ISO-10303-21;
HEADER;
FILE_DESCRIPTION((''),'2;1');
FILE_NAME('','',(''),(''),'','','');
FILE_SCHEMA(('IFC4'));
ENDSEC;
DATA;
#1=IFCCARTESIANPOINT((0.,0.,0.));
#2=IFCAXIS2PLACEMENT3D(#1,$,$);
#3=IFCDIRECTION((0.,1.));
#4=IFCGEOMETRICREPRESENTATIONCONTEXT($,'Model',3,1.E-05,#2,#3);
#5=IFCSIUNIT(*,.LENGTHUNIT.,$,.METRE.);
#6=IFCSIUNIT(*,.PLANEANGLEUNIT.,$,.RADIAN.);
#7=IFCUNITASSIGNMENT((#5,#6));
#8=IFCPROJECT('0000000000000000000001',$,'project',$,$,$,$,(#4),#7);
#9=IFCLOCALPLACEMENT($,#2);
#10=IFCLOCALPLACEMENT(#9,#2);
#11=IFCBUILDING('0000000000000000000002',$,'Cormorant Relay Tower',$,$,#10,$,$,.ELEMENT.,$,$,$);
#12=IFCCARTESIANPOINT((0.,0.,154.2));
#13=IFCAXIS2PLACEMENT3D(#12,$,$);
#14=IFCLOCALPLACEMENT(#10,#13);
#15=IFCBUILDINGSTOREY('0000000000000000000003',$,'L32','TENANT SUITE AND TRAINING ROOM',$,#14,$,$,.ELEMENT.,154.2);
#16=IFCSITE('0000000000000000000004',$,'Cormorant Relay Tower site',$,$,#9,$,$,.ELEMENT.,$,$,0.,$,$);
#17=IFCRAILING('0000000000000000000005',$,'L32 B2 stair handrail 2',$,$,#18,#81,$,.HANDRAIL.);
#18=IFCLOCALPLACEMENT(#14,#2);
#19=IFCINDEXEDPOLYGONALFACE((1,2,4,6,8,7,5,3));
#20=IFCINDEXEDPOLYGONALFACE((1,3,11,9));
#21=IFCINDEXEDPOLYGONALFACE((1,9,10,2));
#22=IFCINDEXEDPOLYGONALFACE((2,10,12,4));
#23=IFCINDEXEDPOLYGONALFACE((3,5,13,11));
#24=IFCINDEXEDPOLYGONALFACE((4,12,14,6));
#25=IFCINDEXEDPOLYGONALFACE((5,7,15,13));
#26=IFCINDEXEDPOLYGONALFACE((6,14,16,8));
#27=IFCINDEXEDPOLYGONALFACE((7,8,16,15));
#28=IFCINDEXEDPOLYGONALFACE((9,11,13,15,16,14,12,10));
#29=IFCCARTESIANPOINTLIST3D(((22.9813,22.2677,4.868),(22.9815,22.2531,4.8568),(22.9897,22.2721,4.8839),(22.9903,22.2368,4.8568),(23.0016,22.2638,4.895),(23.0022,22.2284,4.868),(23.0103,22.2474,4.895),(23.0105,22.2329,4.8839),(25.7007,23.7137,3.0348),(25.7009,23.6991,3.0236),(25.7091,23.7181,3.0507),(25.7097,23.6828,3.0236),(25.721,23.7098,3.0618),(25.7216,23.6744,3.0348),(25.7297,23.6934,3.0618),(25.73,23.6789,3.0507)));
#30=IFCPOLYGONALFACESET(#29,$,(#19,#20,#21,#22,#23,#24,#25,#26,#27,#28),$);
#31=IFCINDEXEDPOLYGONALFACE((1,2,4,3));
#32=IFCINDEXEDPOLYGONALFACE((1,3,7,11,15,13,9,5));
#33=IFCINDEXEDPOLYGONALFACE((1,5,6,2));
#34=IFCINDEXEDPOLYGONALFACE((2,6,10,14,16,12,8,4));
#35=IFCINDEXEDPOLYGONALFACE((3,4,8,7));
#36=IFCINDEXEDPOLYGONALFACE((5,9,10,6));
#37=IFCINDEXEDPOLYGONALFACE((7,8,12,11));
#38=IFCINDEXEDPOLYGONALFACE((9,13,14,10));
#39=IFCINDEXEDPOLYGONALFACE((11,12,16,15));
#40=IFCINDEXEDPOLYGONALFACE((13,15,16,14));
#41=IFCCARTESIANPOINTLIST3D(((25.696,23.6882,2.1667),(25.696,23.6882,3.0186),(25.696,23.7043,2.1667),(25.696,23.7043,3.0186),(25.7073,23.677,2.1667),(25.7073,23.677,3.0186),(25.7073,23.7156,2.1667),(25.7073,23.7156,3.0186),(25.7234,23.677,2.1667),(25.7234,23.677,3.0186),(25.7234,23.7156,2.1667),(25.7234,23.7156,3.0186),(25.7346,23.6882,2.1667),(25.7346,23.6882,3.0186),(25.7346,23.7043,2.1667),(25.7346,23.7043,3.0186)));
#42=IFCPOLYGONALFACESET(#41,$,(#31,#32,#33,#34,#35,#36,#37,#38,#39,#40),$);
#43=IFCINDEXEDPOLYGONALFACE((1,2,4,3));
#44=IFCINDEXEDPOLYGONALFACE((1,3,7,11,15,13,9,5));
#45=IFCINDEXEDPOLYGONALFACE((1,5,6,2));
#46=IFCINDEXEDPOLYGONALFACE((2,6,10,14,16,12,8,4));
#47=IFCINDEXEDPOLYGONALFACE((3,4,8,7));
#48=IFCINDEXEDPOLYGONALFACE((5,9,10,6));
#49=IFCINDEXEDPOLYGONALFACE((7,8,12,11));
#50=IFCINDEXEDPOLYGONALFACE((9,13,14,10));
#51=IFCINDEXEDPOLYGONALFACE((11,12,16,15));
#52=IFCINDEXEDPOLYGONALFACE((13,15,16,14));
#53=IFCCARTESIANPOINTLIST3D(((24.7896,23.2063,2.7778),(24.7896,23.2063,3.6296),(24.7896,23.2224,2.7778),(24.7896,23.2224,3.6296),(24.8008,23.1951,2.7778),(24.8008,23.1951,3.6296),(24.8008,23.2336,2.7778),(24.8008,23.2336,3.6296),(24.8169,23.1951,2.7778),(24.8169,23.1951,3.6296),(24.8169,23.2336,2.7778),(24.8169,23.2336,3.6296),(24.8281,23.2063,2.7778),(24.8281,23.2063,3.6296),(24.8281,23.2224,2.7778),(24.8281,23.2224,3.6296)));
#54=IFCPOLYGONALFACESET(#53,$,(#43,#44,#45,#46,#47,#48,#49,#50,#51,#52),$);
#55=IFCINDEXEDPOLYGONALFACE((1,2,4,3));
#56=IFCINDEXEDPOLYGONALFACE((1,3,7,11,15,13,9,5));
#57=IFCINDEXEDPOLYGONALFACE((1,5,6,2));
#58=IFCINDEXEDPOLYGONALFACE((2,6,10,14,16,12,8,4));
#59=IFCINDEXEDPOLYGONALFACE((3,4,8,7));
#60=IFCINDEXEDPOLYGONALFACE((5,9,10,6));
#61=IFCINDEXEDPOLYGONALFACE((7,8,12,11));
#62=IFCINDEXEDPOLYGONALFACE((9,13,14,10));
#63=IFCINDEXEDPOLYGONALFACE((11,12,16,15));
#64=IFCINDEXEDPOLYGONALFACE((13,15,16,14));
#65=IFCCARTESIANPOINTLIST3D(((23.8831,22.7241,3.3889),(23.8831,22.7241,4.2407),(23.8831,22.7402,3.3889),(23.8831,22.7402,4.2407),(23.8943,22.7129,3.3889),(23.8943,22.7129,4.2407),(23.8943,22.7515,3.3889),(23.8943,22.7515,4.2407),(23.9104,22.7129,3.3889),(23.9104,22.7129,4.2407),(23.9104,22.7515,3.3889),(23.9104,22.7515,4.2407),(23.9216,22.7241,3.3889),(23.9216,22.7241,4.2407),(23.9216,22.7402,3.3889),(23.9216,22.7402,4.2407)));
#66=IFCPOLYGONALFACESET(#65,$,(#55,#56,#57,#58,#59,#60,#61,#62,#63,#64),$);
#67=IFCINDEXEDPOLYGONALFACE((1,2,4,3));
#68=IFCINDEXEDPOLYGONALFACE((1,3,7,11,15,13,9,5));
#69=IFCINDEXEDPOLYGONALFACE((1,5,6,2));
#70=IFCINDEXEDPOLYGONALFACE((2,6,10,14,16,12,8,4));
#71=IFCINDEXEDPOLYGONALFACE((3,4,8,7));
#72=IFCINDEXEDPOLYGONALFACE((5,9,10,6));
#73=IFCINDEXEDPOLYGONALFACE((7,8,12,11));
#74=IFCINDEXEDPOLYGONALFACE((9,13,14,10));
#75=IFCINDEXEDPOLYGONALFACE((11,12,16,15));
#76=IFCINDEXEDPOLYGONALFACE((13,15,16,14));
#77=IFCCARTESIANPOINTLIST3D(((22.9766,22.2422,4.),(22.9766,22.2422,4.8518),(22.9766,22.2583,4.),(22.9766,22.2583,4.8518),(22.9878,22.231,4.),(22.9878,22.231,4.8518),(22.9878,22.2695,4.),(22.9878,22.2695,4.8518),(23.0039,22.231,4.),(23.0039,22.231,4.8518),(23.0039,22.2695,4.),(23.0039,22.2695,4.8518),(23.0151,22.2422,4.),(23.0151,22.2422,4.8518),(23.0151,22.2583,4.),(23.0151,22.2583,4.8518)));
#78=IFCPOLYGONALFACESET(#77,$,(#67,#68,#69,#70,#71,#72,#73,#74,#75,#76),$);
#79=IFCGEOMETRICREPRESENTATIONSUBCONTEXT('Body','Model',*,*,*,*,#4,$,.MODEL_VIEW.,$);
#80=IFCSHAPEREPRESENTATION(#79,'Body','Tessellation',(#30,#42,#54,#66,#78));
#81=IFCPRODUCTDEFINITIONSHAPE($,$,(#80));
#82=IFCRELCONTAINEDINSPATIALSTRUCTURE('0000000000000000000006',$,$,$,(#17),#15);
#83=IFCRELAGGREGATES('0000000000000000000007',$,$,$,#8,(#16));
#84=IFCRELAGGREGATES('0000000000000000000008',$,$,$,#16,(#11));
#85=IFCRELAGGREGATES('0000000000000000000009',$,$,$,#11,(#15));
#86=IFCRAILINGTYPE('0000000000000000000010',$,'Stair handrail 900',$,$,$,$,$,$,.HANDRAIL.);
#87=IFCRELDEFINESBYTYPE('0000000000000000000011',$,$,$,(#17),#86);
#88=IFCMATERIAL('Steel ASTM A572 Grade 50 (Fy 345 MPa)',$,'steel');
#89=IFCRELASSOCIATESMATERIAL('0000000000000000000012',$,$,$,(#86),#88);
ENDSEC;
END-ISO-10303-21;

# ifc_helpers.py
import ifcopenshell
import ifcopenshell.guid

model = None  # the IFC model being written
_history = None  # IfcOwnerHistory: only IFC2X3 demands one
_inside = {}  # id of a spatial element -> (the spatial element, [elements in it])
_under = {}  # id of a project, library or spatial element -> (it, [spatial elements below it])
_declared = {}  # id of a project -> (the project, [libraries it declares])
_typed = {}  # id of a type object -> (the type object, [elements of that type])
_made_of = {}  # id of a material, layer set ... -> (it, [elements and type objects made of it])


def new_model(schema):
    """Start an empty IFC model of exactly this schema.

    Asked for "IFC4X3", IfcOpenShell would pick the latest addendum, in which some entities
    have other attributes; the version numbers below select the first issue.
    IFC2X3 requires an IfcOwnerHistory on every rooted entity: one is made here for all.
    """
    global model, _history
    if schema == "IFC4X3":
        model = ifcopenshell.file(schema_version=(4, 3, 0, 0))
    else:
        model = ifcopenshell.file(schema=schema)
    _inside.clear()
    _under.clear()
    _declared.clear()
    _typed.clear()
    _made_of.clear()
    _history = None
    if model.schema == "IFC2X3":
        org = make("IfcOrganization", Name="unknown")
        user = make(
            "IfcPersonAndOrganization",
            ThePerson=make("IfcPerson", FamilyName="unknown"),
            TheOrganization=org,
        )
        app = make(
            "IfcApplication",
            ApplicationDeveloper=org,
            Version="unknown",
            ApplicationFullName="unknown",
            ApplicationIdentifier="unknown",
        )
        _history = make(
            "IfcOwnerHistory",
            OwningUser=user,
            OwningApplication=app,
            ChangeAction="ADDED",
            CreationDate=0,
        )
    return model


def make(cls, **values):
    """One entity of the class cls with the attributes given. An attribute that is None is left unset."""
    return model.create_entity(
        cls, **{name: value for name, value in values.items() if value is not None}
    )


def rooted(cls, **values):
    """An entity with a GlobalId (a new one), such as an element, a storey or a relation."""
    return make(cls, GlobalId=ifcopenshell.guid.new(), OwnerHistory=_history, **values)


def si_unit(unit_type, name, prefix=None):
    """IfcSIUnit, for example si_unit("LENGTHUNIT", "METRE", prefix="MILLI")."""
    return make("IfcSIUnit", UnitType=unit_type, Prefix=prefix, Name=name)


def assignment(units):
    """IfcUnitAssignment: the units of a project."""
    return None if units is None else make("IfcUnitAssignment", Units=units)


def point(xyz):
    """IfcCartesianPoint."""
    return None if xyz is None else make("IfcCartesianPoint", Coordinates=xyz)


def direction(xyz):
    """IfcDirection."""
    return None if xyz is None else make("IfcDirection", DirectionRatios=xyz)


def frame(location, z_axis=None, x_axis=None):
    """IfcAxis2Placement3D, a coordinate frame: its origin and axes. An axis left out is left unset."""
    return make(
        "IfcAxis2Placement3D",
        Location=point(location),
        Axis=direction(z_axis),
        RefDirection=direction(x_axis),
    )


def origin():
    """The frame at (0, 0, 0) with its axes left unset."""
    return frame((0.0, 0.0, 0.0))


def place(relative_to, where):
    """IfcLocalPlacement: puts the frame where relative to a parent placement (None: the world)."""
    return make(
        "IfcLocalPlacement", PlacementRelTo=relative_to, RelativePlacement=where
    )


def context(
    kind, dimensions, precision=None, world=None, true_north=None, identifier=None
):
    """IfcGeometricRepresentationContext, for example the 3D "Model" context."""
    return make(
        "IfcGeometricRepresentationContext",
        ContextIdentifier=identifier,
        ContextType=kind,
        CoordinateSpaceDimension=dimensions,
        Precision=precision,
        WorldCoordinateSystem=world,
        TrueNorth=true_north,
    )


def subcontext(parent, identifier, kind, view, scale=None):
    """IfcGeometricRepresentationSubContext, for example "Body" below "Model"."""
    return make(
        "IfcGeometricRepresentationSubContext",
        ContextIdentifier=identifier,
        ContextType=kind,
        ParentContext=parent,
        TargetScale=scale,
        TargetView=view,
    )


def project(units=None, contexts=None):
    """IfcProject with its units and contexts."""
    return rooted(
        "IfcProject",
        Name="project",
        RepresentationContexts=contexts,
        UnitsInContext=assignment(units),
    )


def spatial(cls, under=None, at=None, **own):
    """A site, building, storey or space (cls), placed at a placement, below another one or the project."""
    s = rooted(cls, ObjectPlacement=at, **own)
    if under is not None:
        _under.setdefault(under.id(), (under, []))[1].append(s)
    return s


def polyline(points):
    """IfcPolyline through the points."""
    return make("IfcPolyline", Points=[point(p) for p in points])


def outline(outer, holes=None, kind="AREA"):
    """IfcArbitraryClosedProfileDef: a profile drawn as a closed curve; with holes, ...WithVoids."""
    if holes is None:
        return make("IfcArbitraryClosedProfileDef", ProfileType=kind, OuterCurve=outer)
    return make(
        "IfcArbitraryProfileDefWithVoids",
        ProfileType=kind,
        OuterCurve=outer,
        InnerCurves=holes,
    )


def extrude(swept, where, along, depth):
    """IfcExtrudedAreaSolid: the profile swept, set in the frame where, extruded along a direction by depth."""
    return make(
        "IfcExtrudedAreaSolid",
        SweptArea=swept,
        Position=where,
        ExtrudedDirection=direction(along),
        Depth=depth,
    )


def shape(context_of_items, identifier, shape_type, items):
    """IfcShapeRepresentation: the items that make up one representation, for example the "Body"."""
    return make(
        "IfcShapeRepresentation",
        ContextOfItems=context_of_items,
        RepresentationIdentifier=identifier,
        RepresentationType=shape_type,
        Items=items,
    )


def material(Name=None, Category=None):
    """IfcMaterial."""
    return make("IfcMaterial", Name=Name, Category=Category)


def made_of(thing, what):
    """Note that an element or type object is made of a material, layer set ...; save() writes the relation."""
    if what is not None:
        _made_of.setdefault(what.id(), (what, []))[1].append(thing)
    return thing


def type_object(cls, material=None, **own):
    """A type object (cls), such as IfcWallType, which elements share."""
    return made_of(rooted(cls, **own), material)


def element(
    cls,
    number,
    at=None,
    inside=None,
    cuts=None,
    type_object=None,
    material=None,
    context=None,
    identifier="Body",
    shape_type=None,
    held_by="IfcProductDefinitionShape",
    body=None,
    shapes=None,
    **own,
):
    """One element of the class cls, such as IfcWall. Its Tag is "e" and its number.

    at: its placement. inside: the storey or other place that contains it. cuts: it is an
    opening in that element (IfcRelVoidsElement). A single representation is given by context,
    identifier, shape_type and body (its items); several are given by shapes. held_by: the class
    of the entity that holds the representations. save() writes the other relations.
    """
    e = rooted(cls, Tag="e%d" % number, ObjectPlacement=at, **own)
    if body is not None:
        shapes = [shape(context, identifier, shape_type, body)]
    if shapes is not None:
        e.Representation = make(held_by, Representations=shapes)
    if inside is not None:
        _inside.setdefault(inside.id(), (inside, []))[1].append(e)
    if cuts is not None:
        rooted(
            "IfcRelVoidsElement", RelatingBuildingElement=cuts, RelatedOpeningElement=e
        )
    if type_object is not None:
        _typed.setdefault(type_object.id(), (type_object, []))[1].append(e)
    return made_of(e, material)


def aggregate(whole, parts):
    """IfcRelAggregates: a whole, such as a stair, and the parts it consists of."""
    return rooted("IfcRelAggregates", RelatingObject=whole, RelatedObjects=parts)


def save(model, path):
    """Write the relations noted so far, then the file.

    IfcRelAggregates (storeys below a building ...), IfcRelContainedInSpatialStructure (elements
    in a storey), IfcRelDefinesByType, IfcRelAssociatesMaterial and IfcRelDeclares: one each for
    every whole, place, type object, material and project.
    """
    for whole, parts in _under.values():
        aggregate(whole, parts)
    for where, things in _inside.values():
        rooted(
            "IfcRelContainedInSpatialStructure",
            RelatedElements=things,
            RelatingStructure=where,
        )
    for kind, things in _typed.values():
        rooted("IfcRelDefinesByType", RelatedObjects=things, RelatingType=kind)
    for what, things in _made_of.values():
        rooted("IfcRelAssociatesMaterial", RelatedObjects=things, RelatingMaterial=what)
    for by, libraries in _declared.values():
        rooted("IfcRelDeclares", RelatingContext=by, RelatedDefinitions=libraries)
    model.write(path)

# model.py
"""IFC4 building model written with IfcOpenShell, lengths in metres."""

from ifc_helpers import new_model, si_unit, direction, frame, origin, place, context, subcontext, project, spatial, polyline, outline, extrude, material, type_object, element, save


model = new_model("IFC4")

# Units and contexts
model_context = context("Model", 3, precision=1e-05, world=origin(), true_north=direction((0.0, 1.0)))
body_context = subcontext(model_context, "Body", "Model", "MODEL_VIEW")
ifc_project = project(units=[si_unit("LENGTHUNIT", "METRE"), si_unit("PLANEANGLEUNIT", "RADIAN")], contexts=[model_context])

# Site, building, storey
site_placement = place(None, origin())
site = spatial("IfcSite", under=ifc_project, at=site_placement, Name="Cormorant Relay Tower site", CompositionType="ELEMENT", RefElevation=0.0)
building_placement = place(site_placement, origin())
building = spatial("IfcBuilding", under=site, at=building_placement, Name="Cormorant Relay Tower", CompositionType="ELEMENT")
storey_placement = place(building_placement, frame((0.0, 0.0, 154.2)))
storey = spatial("IfcBuildingStorey", under=building, at=storey_placement, Name="L32", Description="TENANT SUITE AND TRAINING ROOM", CompositionType="ELEMENT", Elevation=154.2)

# Railing
ifc_material_1 = material(Name="Steel ASTM A572 Grade 50 (Fy 345 MPa)", Category="steel")
railing_type_1 = type_object("IfcRailingType", Name="Stair handrail 900", PredefinedType="HANDRAIL", material=ifc_material_1)
railing_1_placement = place(storey_placement, frame((25.7153, 23.6963, 2.1667)))
element("IfcRailing", 1, at=railing_1_placement, inside=storey, type_object=railing_type_1, Name="L32 B2 stair handrail 2", PredefinedType="HANDRAIL", context=body_context, shape_type="SweptSolid", body=[
    extrude(outline(polyline([(0.0222, 0.0093), (0.0093, 0.0222), (-0.0093, 0.0222), (-0.0222, 0.0093), (-0.0222, -0.0093), (-0.0093, -0.0222), (0.0093, -0.0222), (0.0222, -0.0093), (0.0222, 0.0093)])), frame((0.0, 0.0, 0.876), z_axis=(-0.758714, -0.403435, 0.511463), x_axis=(0.469489, -0.882938, 0.0)), (0.0, 0.0, 1.0), 3.5842),
    extrude(outline(polyline([(0.0193, 0.0081), (0.0081, 0.0193), (-0.0081, 0.0193), (-0.0193, 0.0081), (-0.0193, -0.0081), (-0.0081, -0.0193), (0.0081, -0.0193), (0.0193, -0.0081), (0.0193, 0.0081)])), origin(), (0.0, 0.0, 1.0), 0.8518),
    extrude(outline(polyline([(0.0193, 0.0081), (0.0081, 0.0193), (-0.0081, 0.0193), (-0.0193, 0.0081), (-0.0193, -0.0081), (-0.0081, -0.0193), (0.0081, -0.0193), (0.0193, -0.0081), (0.0193, 0.0081)])), frame((-0.9065, -0.4819, 0.6111)), (0.0, 0.0, 1.0), 0.8518),
    extrude(outline(polyline([(0.0193, 0.0081), (0.0081, 0.0193), (-0.0081, 0.0193), (-0.0193, 0.0081), (-0.0193, -0.0081), (-0.0081, -0.0193), (0.0081, -0.0193), (0.0193, -0.0081), (0.0193, 0.0081)])), frame((-1.813, -0.9641, 1.2222)), (0.0, 0.0, 1.0), 0.8518),
    extrude(outline(polyline([(0.0193, 0.0081), (0.0081, 0.0193), (-0.0081, 0.0193), (-0.0193, 0.0081), (-0.0193, -0.0081), (-0.0081, -0.0193), (0.0081, -0.0193), (0.0193, -0.0081), (0.0193, 0.0081)])), frame((-2.7195, -1.446, 1.8333)), (0.0, 0.0, 1.0), 0.8518),
])

save(model, "model.ifc")
